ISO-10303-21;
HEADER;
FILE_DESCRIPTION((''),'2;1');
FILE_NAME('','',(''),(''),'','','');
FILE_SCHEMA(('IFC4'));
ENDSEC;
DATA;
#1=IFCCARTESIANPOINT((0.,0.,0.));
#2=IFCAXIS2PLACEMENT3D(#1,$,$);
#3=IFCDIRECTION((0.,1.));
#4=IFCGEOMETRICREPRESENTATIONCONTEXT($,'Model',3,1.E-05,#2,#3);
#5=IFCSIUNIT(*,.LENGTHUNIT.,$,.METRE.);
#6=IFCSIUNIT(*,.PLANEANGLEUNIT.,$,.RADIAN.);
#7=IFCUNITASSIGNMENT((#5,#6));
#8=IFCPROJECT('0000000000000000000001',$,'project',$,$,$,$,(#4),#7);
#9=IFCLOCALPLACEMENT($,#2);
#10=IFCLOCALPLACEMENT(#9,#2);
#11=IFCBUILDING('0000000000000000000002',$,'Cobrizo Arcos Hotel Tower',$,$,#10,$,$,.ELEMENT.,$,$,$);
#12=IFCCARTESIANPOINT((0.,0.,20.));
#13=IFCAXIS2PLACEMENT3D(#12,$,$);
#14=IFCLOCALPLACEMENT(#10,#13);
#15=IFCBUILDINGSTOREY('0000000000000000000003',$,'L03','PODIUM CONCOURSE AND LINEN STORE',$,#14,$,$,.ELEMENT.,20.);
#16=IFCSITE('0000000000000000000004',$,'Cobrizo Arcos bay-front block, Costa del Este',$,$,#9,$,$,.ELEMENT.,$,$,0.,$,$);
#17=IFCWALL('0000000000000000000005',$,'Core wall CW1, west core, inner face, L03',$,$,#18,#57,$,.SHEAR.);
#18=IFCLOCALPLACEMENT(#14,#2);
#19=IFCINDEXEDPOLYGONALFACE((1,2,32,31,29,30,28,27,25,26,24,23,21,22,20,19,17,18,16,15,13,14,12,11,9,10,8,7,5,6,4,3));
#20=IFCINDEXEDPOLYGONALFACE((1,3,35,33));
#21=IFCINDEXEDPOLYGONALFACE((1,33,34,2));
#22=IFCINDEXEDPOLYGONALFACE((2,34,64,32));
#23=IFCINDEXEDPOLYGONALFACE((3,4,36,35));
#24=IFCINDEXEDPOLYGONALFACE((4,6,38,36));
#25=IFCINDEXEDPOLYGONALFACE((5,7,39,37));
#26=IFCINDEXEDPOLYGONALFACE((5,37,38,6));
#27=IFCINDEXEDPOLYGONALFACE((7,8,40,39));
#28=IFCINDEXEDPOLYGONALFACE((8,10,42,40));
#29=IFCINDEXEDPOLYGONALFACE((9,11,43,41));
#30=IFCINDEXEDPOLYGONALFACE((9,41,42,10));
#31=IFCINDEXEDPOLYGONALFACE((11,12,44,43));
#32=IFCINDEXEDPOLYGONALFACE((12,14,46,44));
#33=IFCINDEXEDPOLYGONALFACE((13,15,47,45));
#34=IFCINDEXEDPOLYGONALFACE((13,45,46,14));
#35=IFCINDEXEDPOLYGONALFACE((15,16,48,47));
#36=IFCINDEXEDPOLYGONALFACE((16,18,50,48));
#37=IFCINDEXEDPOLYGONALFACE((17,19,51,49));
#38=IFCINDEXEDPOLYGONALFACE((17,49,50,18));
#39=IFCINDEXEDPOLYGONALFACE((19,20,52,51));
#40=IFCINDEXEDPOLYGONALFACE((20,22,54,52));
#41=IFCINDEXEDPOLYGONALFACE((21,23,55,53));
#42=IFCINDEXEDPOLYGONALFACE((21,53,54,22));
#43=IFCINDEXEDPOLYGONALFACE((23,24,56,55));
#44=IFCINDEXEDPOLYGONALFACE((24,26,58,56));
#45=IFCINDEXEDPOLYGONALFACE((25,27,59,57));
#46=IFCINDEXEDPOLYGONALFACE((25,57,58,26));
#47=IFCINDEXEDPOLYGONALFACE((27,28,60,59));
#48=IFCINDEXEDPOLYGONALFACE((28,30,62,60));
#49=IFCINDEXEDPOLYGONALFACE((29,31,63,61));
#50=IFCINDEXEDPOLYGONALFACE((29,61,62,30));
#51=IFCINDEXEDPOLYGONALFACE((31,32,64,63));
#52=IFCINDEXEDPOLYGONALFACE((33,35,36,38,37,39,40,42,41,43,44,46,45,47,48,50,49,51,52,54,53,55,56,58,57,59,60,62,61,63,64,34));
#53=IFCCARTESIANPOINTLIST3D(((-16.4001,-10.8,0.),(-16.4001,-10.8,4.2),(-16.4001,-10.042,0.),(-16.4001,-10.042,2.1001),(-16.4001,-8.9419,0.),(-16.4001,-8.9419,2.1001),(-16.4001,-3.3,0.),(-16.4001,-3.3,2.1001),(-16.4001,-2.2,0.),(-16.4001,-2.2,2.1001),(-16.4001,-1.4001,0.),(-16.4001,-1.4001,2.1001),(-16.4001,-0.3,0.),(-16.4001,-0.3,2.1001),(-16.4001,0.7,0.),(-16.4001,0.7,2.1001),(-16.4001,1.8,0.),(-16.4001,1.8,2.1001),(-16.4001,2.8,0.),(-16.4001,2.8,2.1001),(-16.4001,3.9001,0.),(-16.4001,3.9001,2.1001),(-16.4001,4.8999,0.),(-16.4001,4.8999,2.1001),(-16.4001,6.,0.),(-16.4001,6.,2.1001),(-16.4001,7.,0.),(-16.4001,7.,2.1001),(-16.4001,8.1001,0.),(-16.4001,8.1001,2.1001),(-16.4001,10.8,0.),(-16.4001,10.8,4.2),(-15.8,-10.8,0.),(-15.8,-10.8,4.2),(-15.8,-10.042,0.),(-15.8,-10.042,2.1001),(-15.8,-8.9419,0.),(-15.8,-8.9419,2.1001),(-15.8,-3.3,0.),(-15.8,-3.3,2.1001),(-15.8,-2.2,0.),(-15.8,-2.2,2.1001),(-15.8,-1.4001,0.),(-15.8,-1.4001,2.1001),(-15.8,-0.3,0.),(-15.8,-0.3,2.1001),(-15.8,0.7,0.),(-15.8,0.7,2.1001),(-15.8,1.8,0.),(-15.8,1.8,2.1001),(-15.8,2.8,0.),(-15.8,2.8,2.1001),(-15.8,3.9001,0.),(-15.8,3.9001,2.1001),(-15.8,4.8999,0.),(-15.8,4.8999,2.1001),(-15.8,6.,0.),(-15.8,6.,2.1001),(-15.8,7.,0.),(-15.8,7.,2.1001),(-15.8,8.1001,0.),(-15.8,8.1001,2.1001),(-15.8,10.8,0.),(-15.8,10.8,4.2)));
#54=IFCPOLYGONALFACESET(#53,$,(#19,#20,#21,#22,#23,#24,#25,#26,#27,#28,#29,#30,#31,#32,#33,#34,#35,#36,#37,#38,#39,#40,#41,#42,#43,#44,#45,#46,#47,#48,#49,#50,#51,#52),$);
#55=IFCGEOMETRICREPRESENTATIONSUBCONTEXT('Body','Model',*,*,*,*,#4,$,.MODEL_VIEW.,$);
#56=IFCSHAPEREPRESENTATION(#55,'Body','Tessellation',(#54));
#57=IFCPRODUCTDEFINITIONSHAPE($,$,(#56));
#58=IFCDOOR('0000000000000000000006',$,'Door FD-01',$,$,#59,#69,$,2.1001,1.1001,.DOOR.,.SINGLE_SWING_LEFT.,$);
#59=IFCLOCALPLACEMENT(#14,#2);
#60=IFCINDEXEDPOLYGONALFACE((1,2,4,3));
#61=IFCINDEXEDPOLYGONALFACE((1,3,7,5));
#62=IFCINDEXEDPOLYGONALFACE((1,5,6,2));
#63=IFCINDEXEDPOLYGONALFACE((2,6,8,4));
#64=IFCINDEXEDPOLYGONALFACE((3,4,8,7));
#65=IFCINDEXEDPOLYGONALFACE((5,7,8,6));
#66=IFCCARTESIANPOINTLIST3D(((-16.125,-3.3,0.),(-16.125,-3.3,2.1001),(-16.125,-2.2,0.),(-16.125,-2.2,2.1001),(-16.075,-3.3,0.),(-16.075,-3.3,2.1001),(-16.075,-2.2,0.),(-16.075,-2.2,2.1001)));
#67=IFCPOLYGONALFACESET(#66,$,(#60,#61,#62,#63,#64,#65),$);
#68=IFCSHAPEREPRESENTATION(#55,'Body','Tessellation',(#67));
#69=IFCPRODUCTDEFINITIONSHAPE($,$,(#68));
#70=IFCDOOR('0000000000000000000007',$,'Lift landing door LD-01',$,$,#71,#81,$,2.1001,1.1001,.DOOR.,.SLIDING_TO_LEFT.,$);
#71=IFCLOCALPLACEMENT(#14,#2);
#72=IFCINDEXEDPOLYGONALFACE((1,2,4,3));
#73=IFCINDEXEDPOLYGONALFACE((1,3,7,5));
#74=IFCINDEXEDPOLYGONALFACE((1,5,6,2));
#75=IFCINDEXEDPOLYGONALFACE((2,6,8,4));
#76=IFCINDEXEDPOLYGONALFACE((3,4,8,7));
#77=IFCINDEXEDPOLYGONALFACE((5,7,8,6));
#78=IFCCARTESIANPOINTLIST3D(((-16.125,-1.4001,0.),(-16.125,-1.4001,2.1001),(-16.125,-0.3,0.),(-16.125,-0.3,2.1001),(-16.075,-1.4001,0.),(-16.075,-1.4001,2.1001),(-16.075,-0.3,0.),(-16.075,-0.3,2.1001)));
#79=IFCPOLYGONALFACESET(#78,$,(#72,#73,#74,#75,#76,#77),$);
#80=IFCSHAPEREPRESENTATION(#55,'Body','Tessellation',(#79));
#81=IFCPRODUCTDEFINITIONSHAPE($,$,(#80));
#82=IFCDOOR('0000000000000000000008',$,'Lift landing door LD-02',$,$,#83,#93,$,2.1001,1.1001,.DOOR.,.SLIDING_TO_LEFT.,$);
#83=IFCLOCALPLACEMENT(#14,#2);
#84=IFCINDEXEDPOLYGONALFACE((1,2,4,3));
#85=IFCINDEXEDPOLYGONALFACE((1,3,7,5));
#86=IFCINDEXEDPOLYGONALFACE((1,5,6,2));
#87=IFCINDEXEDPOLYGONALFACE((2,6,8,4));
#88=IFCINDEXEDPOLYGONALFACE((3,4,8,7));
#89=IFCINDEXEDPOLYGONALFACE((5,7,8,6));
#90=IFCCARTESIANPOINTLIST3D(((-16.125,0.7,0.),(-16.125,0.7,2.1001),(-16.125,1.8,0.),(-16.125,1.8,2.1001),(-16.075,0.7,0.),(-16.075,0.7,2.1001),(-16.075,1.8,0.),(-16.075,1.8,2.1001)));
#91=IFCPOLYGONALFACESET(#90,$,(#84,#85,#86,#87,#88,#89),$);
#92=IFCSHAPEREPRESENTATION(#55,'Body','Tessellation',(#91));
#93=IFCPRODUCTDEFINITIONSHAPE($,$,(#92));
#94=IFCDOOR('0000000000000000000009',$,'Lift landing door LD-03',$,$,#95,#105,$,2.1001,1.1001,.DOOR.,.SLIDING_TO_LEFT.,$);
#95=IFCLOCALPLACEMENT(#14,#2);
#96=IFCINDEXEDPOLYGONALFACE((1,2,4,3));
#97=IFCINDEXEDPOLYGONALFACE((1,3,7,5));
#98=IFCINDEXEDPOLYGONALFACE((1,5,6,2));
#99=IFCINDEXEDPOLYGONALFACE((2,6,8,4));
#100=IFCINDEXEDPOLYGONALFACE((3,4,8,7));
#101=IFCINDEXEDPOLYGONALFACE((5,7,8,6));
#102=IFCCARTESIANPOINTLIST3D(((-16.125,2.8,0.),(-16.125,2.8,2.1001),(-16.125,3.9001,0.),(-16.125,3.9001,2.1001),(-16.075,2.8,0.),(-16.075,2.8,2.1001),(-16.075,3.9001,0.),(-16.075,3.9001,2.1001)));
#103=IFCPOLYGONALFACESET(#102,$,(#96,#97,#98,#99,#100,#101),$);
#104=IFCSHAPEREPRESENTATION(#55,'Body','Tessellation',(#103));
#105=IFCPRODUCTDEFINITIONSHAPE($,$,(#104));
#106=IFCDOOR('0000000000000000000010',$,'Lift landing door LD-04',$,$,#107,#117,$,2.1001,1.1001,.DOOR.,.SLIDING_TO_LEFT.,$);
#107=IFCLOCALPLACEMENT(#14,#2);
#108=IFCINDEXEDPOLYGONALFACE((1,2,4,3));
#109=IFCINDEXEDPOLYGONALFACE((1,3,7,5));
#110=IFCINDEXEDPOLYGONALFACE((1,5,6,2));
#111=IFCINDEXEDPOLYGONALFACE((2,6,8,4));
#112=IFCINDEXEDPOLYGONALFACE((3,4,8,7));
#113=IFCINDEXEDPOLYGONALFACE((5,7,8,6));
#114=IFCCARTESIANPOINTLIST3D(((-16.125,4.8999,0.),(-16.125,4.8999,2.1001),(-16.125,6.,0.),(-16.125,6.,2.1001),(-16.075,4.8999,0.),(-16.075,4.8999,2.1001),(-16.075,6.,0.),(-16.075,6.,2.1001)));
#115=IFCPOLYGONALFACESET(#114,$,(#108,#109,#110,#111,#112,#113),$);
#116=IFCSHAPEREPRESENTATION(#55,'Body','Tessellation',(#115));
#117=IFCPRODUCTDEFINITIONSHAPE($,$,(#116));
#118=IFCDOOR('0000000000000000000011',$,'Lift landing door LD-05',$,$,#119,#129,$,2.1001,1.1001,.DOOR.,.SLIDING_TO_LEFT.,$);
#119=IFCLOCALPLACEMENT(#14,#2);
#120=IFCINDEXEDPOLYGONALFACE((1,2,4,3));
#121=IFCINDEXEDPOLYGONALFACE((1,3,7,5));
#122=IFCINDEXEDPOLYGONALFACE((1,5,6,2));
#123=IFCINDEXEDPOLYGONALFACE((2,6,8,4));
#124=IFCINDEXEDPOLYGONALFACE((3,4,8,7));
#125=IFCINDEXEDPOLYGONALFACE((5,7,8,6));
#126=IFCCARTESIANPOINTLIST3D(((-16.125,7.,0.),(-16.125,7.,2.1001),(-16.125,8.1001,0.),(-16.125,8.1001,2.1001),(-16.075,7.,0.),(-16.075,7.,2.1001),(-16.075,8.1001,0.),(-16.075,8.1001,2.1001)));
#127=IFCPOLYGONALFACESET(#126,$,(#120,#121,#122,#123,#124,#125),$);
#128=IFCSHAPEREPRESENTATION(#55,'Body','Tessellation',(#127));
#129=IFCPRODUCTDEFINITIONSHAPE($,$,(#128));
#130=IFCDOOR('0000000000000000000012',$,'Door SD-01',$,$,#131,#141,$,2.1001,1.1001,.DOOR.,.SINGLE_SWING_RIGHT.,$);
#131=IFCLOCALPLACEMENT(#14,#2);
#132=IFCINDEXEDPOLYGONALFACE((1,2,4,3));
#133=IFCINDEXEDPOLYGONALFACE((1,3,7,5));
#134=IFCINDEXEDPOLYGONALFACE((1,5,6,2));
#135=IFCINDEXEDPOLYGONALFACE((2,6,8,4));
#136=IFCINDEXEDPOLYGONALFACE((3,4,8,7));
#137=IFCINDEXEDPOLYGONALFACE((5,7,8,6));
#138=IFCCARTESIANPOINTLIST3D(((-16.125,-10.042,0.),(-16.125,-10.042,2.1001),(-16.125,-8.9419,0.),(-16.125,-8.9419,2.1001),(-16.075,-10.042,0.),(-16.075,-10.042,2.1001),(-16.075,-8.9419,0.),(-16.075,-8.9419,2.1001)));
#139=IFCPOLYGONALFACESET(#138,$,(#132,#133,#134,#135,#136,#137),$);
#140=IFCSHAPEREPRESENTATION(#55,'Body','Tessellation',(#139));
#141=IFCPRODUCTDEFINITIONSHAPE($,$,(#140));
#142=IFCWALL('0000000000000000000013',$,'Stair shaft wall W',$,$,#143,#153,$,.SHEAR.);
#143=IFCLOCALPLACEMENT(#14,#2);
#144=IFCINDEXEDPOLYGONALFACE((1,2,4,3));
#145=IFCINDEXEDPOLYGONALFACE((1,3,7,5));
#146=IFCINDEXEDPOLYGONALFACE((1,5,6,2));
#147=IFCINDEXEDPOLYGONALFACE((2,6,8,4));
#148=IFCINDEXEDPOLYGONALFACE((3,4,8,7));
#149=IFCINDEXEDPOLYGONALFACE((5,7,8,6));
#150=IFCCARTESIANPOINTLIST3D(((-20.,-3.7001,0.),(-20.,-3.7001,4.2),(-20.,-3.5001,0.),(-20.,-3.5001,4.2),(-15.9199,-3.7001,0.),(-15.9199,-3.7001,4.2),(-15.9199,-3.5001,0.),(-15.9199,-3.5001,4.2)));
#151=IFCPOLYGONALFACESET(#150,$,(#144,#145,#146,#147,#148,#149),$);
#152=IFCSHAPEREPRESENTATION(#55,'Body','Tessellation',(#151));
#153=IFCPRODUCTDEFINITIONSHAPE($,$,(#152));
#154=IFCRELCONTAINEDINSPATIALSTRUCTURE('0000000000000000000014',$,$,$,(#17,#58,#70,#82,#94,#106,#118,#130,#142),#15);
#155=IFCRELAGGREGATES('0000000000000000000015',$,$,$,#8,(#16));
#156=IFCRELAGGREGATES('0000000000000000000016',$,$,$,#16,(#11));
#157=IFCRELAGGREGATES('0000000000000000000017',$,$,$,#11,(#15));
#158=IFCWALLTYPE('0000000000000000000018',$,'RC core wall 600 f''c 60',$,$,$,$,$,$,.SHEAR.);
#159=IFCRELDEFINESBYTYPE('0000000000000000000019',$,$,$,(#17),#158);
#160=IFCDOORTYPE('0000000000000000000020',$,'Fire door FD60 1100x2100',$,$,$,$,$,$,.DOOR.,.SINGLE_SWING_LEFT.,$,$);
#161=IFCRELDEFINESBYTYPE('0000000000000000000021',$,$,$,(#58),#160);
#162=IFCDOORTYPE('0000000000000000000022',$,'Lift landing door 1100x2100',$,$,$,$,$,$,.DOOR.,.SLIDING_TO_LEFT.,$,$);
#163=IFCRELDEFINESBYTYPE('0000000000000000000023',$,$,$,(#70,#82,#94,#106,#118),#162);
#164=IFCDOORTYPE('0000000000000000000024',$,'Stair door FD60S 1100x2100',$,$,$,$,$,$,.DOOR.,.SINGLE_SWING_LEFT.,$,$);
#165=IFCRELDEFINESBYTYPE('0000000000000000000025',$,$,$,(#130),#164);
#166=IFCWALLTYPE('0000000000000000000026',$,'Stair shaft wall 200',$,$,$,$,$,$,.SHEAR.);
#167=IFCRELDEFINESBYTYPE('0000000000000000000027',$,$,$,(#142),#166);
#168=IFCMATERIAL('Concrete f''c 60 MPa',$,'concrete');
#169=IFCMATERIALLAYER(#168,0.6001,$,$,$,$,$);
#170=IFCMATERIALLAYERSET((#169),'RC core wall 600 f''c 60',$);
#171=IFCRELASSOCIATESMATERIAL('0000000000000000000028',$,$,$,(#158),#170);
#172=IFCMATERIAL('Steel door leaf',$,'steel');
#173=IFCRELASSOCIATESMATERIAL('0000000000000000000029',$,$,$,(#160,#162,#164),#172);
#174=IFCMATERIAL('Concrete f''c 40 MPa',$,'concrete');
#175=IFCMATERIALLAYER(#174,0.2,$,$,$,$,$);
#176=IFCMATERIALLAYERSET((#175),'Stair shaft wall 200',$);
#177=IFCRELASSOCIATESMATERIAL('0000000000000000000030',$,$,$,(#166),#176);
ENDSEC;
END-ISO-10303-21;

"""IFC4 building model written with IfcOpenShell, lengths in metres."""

from ifc_helpers import new_model, si_unit, direction, frame, frame_2d, origin, place, context, subcontext, project, spatial, rectangle, extrude, material, layer, layer_set, type_object, element, fill, save


model = new_model("IFC4")

# Units and contexts
model_context = context("Model", 3, precision=1e-05, world=origin(), true_north=direction((0.0, 1.0)))
body_context = subcontext(model_context, "Body", "Model", "MODEL_VIEW")
ifc_project = project(units=[si_unit("LENGTHUNIT", "METRE"), si_unit("PLANEANGLEUNIT", "RADIAN")], contexts=[model_context])

# Site, building, storey
site_placement = place(None, origin())
site = spatial("IfcSite", under=ifc_project, at=site_placement, Name="Cobrizo Arcos bay-front block, Costa del Este", CompositionType="ELEMENT", RefElevation=0.0)
building_placement = place(site_placement, origin())
building = spatial("IfcBuilding", under=site, at=building_placement, Name="Cobrizo Arcos Hotel Tower", CompositionType="ELEMENT")
storey_placement = place(building_placement, frame((0.0, 0.0, 20.0)))
storey = spatial("IfcBuildingStorey", under=building, at=storey_placement, Name="L03", Description="PODIUM CONCOURSE AND LINEN STORE", CompositionType="ELEMENT", Elevation=20.0)

# Wall, openings, doors
ifc_material_1 = material(Name="Concrete f'c 60 MPa", Category="concrete")
ifc_layer_1 = layer(ifc_material_1, 0.6001)
ifc_layer_set_1 = layer_set([ifc_layer_1], Name="RC core wall 600 f'c 60")
wall_type_1 = type_object("IfcWallType", Name="RC core wall 600 f'c 60", PredefinedType="SHEAR", material=ifc_layer_set_1)
wall_1_placement = place(storey_placement, frame((-16.1001, -10.8, 0.0), z_axis=(0.0, 0.0, 1.0), x_axis=(0.0, 1.0, 0.0)))
wall_1 = element("IfcWall", 1, at=wall_1_placement, inside=storey, type_object=wall_type_1, Name="Core wall CW1, west core, inner face, L03", PredefinedType="SHEAR", context=body_context, shape_type="SweptSolid", body=[
    extrude(rectangle(XDim=21.6001, YDim=0.6001, at=frame_2d((10.8, 0.0))), origin(), (0.0, 0.0, 1.0), 4.2),
])
opening_1_placement = place(wall_1_placement, frame((9.3999, 0.0, 0.0)))
opening_1 = element("IfcOpeningElement", 2, at=opening_1_placement, cuts=wall_1, PredefinedType="OPENING", context=body_context, shape_type="SweptSolid", body=[
    extrude(rectangle(XDim=1.1001, YDim=2.1001, at=frame_2d((0.55, 1.05))), frame((0.0, 0.312, 0.0), z_axis=(0.0, -1.0, 0.0), x_axis=(1.0, 0.0, 0.0)), (0.0, 0.0, 1.0), 0.624),
])
opening_2_placement = place(wall_1_placement, frame((11.5, 0.0, 0.0)))
opening_2 = element("IfcOpeningElement", 3, at=opening_2_placement, cuts=wall_1, PredefinedType="OPENING", context=body_context, shape_type="SweptSolid", body=[
    extrude(rectangle(XDim=1.1001, YDim=2.1001, at=frame_2d((0.55, 1.05))), frame((0.0, 0.312, 0.0), z_axis=(0.0, -1.0, 0.0), x_axis=(1.0, 0.0, 0.0)), (0.0, 0.0, 1.0), 0.624),
])
opening_3_placement = place(wall_1_placement, frame((13.6001, 0.0, 0.0)))
opening_3 = element("IfcOpeningElement", 4, at=opening_3_placement, cuts=wall_1, PredefinedType="OPENING", context=body_context, shape_type="SweptSolid", body=[
    extrude(rectangle(XDim=1.1001, YDim=2.1001, at=frame_2d((0.55, 1.05))), frame((0.0, 0.312, 0.0), z_axis=(0.0, -1.0, 0.0), x_axis=(1.0, 0.0, 0.0)), (0.0, 0.0, 1.0), 0.624),
])
opening_4_placement = place(wall_1_placement, frame((15.7, 0.0, 0.0)))
opening_4 = element("IfcOpeningElement", 5, at=opening_4_placement, cuts=wall_1, PredefinedType="OPENING", context=body_context, shape_type="SweptSolid", body=[
    extrude(rectangle(XDim=1.1001, YDim=2.1001, at=frame_2d((0.55, 1.05))), frame((0.0, 0.312, 0.0), z_axis=(0.0, -1.0, 0.0), x_axis=(1.0, 0.0, 0.0)), (0.0, 0.0, 1.0), 0.624),
])
opening_5_placement = place(wall_1_placement, frame((17.8, 0.0, 0.0)))
opening_5 = element("IfcOpeningElement", 6, at=opening_5_placement, cuts=wall_1, PredefinedType="OPENING", context=body_context, shape_type="SweptSolid", body=[
    extrude(rectangle(XDim=1.1001, YDim=2.1001, at=frame_2d((0.55, 1.05))), frame((0.0, 0.312, 0.0), z_axis=(0.0, -1.0, 0.0), x_axis=(1.0, 0.0, 0.0)), (0.0, 0.0, 1.0), 0.624),
])
opening_6_placement = place(wall_1_placement, frame((0.7581, 0.0, 0.0)))
opening_6 = element("IfcOpeningElement", 7, at=opening_6_placement, cuts=wall_1, PredefinedType="OPENING", context=body_context, shape_type="SweptSolid", body=[
    extrude(rectangle(XDim=1.1001, YDim=2.1001, at=frame_2d((0.55, 1.05))), frame((0.0, 0.312, 0.0), z_axis=(0.0, -1.0, 0.0), x_axis=(1.0, 0.0, 0.0)), (0.0, 0.0, 1.0), 0.624),
])
opening_7_placement = place(wall_1_placement, frame((7.5, 0.0, 0.0)))
opening_7 = element("IfcOpeningElement", 8, at=opening_7_placement, cuts=wall_1, PredefinedType="OPENING", context=body_context, shape_type="SweptSolid", body=[
    extrude(rectangle(XDim=1.1001, YDim=2.1001, at=frame_2d((0.55, 1.05))), frame((0.0, 0.312, 0.0), z_axis=(0.0, -1.0, 0.0), x_axis=(1.0, 0.0, 0.0)), (0.0, 0.0, 1.0), 0.624),
])
ifc_material_2 = material(Name="Steel door leaf", Category="steel")
door_type_1 = type_object("IfcDoorType", Name="Fire door FD60 1100x2100", OperationType="SINGLE_SWING_LEFT", PredefinedType="DOOR", material=ifc_material_2)
door_1_placement = place(opening_7_placement, origin())
door_1 = element("IfcDoor", 9, at=door_1_placement, inside=storey, type_object=door_type_1, Name="Door FD-01", OperationType="SINGLE_SWING_LEFT", OverallHeight=2.1001, OverallWidth=1.1001, PredefinedType="DOOR", context=body_context, shape_type="SweptSolid", body=[
    extrude(rectangle(XDim=1.1001, YDim=2.1001, at=frame_2d((0.55, 1.05))), frame((0.0, 0.0249, 0.0), z_axis=(0.0, -1.0, 0.0), x_axis=(1.0, 0.0, 0.0)), (0.0, 0.0, 1.0), 0.05),
])
fill(opening_7, door_1)
door_type_2 = type_object("IfcDoorType", Name="Lift landing door 1100x2100", OperationType="SLIDING_TO_LEFT", PredefinedType="DOOR", material=ifc_material_2)
door_2_placement = place(opening_1_placement, origin())
door_2 = element("IfcDoor", 10, at=door_2_placement, inside=storey, type_object=door_type_2, Name="Lift landing door LD-01", OperationType="SLIDING_TO_LEFT", OverallHeight=2.1001, OverallWidth=1.1001, PredefinedType="DOOR", context=body_context, shape_type="SweptSolid", body=[
    extrude(rectangle(XDim=1.1001, YDim=2.1001, at=frame_2d((0.55, 1.05))), frame((0.0, 0.0249, 0.0), z_axis=(0.0, -1.0, 0.0), x_axis=(1.0, 0.0, 0.0)), (0.0, 0.0, 1.0), 0.05),
])
fill(opening_1, door_2)
door_3_placement = place(opening_2_placement, origin())
door_3 = element("IfcDoor", 11, at=door_3_placement, inside=storey, type_object=door_type_2, Name="Lift landing door LD-02", OperationType="SLIDING_TO_LEFT", OverallHeight=2.1001, OverallWidth=1.1001, PredefinedType="DOOR", context=body_context, shape_type="SweptSolid", body=[
    extrude(rectangle(XDim=1.1001, YDim=2.1001, at=frame_2d((0.55, 1.05))), frame((0.0, 0.0249, 0.0), z_axis=(0.0, -1.0, 0.0), x_axis=(1.0, 0.0, 0.0)), (0.0, 0.0, 1.0), 0.05),
])
fill(opening_2, door_3)
door_4_placement = place(opening_3_placement, origin())
door_4 = element("IfcDoor", 12, at=door_4_placement, inside=storey, type_object=door_type_2, Name="Lift landing door LD-03", OperationType="SLIDING_TO_LEFT", OverallHeight=2.1001, OverallWidth=1.1001, PredefinedType="DOOR", context=body_context, shape_type="SweptSolid", body=[
    extrude(rectangle(XDim=1.1001, YDim=2.1001, at=frame_2d((0.55, 1.05))), frame((0.0, 0.0249, 0.0), z_axis=(0.0, -1.0, 0.0), x_axis=(1.0, 0.0, 0.0)), (0.0, 0.0, 1.0), 0.05),
])
fill(opening_3, door_4)
door_5_placement = place(opening_4_placement, origin())
door_5 = element("IfcDoor", 13, at=door_5_placement, inside=storey, type_object=door_type_2, Name="Lift landing door LD-04", OperationType="SLIDING_TO_LEFT", OverallHeight=2.1001, OverallWidth=1.1001, PredefinedType="DOOR", context=body_context, shape_type="SweptSolid", body=[
    extrude(rectangle(XDim=1.1001, YDim=2.1001, at=frame_2d((0.55, 1.05))), frame((0.0, 0.0249, 0.0), z_axis=(0.0, -1.0, 0.0), x_axis=(1.0, 0.0, 0.0)), (0.0, 0.0, 1.0), 0.05),
])
fill(opening_4, door_5)
door_6_placement = place(opening_5_placement, origin())
door_6 = element("IfcDoor", 14, at=door_6_placement, inside=storey, type_object=door_type_2, Name="Lift landing door LD-05", OperationType="SLIDING_TO_LEFT", OverallHeight=2.1001, OverallWidth=1.1001, PredefinedType="DOOR", context=body_context, shape_type="SweptSolid", body=[
    extrude(rectangle(XDim=1.1001, YDim=2.1001, at=frame_2d((0.55, 1.05))), frame((0.0, 0.0249, 0.0), z_axis=(0.0, -1.0, 0.0), x_axis=(1.0, 0.0, 0.0)), (0.0, 0.0, 1.0), 0.05),
])
fill(opening_5, door_6)
door_type_3 = type_object("IfcDoorType", Name="Stair door FD60S 1100x2100", OperationType="SINGLE_SWING_LEFT", PredefinedType="DOOR", material=ifc_material_2)
door_7_placement = place(opening_6_placement, origin())
door_7 = element("IfcDoor", 15, at=door_7_placement, inside=storey, type_object=door_type_3, Name="Door SD-01", OperationType="SINGLE_SWING_RIGHT", OverallHeight=2.1001, OverallWidth=1.1001, PredefinedType="DOOR", context=body_context, shape_type="SweptSolid", body=[
    extrude(rectangle(XDim=1.1001, YDim=2.1001, at=frame_2d((0.55, 1.05))), frame((0.0, 0.0249, 0.0), z_axis=(0.0, -1.0, 0.0), x_axis=(1.0, 0.0, 0.0)), (0.0, 0.0, 1.0), 0.05),
])
fill(opening_6, door_7)

# Wall
ifc_material_3 = material(Name="Concrete f'c 40 MPa", Category="concrete")
ifc_layer_2 = layer(ifc_material_3, 0.2)
ifc_layer_set_2 = layer_set([ifc_layer_2], Name="Stair shaft wall 200")
wall_type_2 = type_object("IfcWallType", Name="Stair shaft wall 200", PredefinedType="SHEAR", material=ifc_layer_set_2)
wall_2_placement = place(storey_placement, frame((-20.0, -3.6001, 0.0), z_axis=(0.0, 0.0, 1.0), x_axis=(1.0, 0.0, 0.0)))
element("IfcWall", 16, at=wall_2_placement, inside=storey, type_object=wall_type_2, Name="Stair shaft wall W", PredefinedType="SHEAR", context=body_context, shape_type="SweptSolid", body=[
    extrude(rectangle(XDim=4.0801, YDim=0.2, at=frame_2d((2.04, 0.0))), origin(), (0.0, 0.0, 1.0), 4.2),
])

save(model, "model.ifc")
